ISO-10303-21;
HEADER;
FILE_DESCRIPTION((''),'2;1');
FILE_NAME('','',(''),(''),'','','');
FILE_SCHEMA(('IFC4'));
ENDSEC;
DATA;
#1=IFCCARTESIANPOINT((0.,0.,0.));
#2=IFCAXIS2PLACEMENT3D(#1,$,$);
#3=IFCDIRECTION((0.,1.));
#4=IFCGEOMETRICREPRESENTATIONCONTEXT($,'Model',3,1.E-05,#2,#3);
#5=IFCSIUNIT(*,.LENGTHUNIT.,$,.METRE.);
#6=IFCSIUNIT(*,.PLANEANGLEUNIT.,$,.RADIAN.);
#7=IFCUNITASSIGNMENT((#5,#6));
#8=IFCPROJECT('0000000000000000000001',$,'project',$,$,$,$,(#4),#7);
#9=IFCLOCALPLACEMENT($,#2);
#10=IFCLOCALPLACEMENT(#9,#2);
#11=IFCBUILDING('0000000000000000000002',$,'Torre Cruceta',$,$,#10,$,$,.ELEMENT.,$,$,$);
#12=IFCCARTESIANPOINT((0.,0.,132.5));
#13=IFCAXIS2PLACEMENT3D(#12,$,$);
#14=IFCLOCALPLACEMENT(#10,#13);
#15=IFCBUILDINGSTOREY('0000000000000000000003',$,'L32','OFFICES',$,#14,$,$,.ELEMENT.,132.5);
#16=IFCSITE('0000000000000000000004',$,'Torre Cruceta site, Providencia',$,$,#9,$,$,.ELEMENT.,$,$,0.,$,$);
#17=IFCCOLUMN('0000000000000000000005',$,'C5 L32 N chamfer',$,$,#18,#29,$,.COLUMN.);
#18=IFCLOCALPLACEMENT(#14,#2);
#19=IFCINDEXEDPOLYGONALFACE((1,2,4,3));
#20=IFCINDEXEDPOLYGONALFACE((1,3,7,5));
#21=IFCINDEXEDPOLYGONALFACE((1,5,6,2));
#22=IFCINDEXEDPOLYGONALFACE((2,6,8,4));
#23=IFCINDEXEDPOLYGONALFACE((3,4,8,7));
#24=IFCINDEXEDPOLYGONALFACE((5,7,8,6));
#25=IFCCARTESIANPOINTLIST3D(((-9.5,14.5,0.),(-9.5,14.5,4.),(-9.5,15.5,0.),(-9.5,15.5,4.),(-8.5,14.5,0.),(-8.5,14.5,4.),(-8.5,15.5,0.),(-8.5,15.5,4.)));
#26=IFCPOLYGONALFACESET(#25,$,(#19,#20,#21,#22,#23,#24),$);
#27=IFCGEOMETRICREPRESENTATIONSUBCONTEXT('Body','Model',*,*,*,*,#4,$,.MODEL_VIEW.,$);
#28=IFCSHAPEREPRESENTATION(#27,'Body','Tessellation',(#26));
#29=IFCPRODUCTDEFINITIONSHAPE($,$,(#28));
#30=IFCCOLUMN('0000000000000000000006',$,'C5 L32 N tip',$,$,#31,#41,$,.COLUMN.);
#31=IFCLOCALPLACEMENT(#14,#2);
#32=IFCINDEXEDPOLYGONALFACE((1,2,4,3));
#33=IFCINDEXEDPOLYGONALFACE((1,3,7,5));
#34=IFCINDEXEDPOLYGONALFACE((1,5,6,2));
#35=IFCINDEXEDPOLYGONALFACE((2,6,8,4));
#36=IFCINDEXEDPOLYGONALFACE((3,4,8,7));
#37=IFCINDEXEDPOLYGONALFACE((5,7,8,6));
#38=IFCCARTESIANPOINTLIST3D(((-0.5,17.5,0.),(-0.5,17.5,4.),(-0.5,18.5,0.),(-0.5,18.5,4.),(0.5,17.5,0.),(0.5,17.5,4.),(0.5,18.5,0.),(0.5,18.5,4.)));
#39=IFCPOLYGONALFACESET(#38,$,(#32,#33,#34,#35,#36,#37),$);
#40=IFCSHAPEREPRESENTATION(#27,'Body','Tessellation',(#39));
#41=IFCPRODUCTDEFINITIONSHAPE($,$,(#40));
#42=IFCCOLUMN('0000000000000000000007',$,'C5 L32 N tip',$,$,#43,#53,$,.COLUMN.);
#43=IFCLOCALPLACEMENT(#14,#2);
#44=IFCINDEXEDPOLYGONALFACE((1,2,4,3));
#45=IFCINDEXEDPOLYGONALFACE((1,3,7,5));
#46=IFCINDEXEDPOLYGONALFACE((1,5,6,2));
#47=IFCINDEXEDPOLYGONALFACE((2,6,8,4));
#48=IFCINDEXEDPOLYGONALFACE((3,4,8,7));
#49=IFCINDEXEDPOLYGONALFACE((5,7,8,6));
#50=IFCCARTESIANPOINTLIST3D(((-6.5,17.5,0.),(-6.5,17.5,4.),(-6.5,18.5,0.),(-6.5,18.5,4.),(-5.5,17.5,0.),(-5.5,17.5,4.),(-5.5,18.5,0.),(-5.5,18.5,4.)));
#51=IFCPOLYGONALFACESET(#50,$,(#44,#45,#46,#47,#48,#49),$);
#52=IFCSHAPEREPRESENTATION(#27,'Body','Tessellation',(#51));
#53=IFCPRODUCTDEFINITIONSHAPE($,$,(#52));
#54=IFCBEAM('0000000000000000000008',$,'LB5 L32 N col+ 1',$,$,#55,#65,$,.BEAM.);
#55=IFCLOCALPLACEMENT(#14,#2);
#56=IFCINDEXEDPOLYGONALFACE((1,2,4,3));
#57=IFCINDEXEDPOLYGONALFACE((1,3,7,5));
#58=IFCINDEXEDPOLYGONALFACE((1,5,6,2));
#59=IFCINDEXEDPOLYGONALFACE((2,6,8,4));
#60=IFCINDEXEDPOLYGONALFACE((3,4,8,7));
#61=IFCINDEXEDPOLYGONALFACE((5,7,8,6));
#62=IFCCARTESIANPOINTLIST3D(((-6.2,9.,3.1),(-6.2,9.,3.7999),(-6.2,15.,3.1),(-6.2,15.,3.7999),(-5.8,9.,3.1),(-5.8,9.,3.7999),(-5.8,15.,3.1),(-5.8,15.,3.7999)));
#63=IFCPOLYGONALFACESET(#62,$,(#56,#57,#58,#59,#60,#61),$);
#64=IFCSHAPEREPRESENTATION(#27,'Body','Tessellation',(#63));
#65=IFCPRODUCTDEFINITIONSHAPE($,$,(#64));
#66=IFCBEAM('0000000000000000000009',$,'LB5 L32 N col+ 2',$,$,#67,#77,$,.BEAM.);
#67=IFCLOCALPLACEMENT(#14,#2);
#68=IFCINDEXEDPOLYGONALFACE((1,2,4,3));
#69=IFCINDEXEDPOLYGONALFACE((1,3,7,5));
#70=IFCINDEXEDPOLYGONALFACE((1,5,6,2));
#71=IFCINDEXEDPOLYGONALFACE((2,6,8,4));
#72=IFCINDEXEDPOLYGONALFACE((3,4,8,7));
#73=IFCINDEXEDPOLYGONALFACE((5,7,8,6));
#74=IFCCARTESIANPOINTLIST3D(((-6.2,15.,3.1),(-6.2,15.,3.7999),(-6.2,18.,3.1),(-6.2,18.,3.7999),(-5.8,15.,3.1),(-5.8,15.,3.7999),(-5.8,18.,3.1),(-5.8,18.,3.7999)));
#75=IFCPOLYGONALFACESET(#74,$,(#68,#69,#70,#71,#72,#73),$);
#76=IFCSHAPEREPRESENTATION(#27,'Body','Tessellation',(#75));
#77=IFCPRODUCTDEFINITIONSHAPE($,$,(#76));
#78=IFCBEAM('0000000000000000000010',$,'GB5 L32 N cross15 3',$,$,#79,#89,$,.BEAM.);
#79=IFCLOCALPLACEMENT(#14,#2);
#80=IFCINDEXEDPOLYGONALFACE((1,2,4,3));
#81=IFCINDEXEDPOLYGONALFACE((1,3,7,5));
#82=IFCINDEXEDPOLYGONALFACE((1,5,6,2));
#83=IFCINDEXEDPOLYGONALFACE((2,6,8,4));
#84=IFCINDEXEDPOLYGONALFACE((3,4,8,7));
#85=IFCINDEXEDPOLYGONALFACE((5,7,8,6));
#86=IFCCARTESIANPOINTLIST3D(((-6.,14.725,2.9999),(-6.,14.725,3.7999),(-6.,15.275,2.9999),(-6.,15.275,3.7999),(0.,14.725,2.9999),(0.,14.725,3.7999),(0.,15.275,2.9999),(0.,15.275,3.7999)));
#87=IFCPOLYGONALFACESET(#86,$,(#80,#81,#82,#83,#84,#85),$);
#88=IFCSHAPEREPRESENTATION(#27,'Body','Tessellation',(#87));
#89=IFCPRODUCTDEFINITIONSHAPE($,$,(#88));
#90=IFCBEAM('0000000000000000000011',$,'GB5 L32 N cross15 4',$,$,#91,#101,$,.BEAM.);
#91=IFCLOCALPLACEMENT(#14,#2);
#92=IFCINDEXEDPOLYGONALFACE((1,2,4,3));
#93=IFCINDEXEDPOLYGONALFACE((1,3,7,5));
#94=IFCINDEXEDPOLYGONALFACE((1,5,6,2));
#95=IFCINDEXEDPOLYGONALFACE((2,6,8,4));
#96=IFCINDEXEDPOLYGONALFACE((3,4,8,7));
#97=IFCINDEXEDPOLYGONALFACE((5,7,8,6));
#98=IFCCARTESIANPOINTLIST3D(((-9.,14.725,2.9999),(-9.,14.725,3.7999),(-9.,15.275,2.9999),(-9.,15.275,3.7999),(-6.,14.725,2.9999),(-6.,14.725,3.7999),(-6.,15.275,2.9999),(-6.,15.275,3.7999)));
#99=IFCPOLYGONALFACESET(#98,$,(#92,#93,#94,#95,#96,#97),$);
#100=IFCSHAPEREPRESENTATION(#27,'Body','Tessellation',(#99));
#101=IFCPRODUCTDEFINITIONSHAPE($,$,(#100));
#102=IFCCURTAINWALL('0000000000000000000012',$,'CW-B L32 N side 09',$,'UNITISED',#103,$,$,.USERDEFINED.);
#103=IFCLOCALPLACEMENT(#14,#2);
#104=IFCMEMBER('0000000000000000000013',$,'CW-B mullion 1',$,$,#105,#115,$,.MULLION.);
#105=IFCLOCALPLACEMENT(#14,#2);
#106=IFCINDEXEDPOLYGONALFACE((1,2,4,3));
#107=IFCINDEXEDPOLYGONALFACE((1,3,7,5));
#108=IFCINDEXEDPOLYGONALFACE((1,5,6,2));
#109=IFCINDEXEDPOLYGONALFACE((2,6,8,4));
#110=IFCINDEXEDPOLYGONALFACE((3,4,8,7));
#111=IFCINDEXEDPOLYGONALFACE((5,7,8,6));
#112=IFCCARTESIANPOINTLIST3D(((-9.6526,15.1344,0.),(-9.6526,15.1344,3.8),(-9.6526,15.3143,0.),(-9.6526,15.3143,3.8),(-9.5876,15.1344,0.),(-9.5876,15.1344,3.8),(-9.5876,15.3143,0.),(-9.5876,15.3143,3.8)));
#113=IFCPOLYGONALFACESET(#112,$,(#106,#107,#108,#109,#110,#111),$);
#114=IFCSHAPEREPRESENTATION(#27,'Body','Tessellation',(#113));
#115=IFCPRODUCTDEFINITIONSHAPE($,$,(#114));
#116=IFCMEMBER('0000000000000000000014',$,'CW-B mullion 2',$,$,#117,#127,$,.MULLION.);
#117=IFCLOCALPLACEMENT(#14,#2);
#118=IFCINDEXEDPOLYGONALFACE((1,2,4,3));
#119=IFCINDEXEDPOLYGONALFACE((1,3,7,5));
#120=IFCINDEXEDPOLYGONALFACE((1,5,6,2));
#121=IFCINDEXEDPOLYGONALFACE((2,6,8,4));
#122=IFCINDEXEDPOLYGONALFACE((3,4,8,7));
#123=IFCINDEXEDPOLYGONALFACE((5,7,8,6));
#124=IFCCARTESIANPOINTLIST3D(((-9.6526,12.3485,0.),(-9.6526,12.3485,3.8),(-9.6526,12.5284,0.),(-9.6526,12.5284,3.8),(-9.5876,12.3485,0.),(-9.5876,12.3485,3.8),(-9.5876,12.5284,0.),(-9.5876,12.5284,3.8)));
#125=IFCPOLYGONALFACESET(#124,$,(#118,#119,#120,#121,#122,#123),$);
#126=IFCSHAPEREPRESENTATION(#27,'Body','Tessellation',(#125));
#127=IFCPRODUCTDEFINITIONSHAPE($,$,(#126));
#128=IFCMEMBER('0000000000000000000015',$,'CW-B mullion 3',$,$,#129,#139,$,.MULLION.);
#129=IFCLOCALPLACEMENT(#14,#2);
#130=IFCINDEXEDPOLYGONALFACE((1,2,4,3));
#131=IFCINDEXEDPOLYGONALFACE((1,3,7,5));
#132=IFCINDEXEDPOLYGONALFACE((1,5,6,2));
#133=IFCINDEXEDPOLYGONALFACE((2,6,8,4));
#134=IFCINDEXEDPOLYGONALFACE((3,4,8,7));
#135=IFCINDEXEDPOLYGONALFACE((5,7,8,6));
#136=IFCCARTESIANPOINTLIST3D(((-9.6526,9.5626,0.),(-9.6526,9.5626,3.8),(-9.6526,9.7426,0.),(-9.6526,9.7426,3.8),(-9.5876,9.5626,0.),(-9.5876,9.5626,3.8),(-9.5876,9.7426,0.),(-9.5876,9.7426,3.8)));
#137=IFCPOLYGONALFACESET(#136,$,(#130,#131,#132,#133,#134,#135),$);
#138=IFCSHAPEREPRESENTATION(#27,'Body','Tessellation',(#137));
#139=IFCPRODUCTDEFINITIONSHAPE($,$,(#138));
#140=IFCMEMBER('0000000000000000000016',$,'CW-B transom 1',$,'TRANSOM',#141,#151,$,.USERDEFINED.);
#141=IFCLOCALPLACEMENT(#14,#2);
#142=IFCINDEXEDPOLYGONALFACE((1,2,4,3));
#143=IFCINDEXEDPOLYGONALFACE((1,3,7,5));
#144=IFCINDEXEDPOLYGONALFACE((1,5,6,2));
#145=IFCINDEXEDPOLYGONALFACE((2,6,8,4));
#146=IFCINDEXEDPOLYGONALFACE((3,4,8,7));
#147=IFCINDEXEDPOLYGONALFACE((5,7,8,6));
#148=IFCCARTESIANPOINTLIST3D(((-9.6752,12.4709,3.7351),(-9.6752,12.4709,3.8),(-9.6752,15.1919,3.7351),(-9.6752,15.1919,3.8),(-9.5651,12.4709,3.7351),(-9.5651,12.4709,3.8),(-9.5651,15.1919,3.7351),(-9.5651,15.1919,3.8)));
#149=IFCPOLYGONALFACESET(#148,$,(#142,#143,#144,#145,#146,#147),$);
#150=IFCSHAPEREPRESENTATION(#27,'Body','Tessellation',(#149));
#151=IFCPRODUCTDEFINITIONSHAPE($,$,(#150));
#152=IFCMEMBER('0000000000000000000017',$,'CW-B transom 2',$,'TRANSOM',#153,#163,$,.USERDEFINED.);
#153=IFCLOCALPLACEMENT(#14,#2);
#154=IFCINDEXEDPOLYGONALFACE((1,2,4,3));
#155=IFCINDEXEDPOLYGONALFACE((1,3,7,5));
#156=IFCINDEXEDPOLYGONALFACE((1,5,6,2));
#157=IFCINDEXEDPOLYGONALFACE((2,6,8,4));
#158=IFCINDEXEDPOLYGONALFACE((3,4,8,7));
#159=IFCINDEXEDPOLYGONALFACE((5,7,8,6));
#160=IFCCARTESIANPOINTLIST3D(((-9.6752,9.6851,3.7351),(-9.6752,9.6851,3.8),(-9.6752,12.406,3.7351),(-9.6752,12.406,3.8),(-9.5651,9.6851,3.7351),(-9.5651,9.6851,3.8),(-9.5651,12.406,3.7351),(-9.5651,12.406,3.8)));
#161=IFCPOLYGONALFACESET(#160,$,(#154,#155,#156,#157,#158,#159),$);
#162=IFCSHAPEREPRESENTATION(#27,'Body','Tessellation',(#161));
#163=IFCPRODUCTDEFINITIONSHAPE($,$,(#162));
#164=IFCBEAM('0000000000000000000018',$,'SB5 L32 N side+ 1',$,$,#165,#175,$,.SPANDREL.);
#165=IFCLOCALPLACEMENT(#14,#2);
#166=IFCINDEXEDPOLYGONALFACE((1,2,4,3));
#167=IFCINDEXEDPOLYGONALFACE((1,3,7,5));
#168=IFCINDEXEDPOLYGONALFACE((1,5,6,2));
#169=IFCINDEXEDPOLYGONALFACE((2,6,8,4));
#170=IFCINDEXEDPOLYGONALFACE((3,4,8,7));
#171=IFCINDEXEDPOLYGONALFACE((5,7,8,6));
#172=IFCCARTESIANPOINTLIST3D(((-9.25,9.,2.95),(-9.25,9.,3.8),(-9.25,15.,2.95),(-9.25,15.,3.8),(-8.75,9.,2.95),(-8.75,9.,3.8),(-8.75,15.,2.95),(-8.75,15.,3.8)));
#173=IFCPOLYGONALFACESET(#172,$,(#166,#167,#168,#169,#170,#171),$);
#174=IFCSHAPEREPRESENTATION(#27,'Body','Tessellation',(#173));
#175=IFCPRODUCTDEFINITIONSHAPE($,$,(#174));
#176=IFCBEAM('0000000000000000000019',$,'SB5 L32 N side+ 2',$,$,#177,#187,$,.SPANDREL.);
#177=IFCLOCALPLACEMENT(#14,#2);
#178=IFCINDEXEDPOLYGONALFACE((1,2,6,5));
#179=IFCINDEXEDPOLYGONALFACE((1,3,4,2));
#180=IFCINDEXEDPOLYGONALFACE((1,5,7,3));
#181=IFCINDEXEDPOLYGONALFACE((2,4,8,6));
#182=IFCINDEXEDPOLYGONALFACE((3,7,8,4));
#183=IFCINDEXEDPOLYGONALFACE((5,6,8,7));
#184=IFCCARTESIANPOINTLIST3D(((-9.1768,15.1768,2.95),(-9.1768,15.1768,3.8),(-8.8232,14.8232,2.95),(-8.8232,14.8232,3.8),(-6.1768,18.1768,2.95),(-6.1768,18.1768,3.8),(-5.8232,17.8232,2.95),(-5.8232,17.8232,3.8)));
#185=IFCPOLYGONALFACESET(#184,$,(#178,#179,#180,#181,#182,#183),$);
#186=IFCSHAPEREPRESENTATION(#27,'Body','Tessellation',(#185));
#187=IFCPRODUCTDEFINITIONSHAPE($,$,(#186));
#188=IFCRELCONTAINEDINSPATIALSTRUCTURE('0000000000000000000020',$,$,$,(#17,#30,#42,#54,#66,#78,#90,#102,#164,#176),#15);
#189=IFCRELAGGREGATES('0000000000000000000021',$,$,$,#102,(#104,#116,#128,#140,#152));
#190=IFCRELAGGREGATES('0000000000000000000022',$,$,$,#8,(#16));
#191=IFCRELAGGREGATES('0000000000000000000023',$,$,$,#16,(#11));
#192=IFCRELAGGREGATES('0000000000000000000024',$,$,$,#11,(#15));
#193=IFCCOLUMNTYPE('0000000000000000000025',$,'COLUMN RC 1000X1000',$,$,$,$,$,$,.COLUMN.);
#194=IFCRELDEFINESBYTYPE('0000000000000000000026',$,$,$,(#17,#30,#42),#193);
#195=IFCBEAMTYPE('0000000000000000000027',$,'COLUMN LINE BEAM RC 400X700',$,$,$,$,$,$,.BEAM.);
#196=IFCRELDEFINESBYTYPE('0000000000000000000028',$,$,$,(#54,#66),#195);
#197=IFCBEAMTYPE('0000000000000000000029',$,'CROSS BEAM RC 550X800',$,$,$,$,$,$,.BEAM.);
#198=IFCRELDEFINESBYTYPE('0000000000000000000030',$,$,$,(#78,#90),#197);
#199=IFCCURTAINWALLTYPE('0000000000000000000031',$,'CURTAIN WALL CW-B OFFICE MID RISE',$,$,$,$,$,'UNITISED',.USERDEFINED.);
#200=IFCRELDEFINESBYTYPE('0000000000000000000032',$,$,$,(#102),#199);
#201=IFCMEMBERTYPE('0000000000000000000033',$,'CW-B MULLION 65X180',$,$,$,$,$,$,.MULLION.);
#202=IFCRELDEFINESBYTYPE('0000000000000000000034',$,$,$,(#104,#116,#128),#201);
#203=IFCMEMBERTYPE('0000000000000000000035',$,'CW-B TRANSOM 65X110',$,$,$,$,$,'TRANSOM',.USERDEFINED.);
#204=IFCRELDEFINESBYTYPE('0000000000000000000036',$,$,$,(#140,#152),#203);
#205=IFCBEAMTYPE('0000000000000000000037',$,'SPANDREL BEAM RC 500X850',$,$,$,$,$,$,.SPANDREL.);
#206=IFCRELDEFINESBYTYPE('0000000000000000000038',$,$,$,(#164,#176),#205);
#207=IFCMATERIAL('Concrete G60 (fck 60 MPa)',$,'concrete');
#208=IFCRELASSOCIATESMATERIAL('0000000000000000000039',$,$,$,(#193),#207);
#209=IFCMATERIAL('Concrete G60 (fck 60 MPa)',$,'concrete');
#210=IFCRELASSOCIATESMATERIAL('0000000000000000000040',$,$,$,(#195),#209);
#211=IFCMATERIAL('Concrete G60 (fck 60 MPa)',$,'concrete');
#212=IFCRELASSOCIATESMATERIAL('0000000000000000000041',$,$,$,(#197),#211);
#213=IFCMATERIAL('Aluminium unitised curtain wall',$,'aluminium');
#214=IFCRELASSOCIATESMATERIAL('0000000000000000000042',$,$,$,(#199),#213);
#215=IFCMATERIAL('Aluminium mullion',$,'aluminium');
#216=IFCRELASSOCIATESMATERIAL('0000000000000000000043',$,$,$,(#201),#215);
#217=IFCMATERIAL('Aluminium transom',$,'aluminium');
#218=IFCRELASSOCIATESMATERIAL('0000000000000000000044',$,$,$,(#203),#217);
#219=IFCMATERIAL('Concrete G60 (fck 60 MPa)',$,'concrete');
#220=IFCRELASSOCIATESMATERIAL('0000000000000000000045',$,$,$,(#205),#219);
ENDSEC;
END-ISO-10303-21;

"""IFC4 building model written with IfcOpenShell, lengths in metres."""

from ifc_helpers import new_model, si_unit, direction, frame, origin, origin_2d, place, context, subcontext, project, spatial, rectangle, extrude, material, material_profile, profile_set, type_object, element, aggregate, save


model = new_model("IFC4")

# Units and contexts
model_context = context("Model", 3, precision=1e-05, world=origin(), true_north=direction((0.0, 1.0)))
body_context = subcontext(model_context, "Body", "Model", "MODEL_VIEW")
ifc_project = project(units=[si_unit("LENGTHUNIT", "METRE"), si_unit("PLANEANGLEUNIT", "RADIAN")], contexts=[model_context])

# Site, building, storey
site_placement = place(None, origin())
site = spatial("IfcSite", under=ifc_project, at=site_placement, Name="Torre Cruceta site, Providencia", CompositionType="ELEMENT", RefElevation=0.0)
building_placement = place(site_placement, origin())
building = spatial("IfcBuilding", under=site, at=building_placement, Name="Torre Cruceta", CompositionType="ELEMENT")
storey_placement = place(building_placement, frame((0.0, 0.0, 132.5)))
storey = spatial("IfcBuildingStorey", under=building, at=storey_placement, Name="L32", Description="OFFICES", CompositionType="ELEMENT", Elevation=132.5)

# Columns
ifc_material_1 = material(Name="Concrete G60 (fck 60 MPa)", Category="concrete")
ifc_material_profile_1 = material_profile(ifc_material_1, rectangle(XDim=1.0, YDim=1.0, at=origin_2d()), Name="RC 1000X1000")
ifc_profile_set_1 = profile_set([ifc_material_profile_1], Name="Concrete G60 (fck 60 MPa)")
column_type = type_object("IfcColumnType", Name="COLUMN RC 1000X1000", PredefinedType="COLUMN", material=ifc_profile_set_1)
for number, where, z_axis, x_axis, name in (
    (1, (-9.0, 15.0, 0.0), (0.0, 0.0, 1.0), (1.0, 0.0, 0.0), "C5 L32 N chamfer"),
    (2, (0.0, 18.0, 0.0), (0.0, 0.0, 1.0), (1.0, 0.0, 0.0), "C5 L32 N tip"),
    (3, (-6.0, 18.0, 0.0), (0.0, 0.0, 1.0), (1.0, 0.0, 0.0), "C5 L32 N tip"),
):
    element("IfcColumn", number, at=place(storey_placement, frame(where, z_axis=z_axis, x_axis=x_axis)), inside=storey, type_object=column_type, Name=name, PredefinedType="COLUMN", context=body_context, shape_type="SweptSolid", body=[
        extrude(rectangle(XDim=1.0, YDim=1.0, at=origin_2d()), origin(), (0.0, 0.0, 1.0), 4.0),
    ])

# Beams
ifc_material_2 = material(Name="Concrete G60 (fck 60 MPa)", Category="concrete")
ifc_material_profile_2 = material_profile(ifc_material_2, rectangle(XDim=0.3999, YDim=0.7, at=origin_2d()), Name="RC 400X700")
ifc_profile_set_2 = profile_set([ifc_material_profile_2], Name="Concrete G60 (fck 60 MPa)")
beam_type_1 = type_object("IfcBeamType", Name="COLUMN LINE BEAM RC 400X700", PredefinedType="BEAM", material=ifc_profile_set_2)
beam_1_placement = place(storey_placement, frame((-6.0, 9.0, 3.45), z_axis=(0.0, 1.0, 0.0), x_axis=(-1.0, 0.0, 0.0)))
element("IfcBeam", 4, at=beam_1_placement, inside=storey, type_object=beam_type_1, Name="LB5 L32 N col+ 1", PredefinedType="BEAM", context=body_context, shape_type="SweptSolid", body=[
    extrude(rectangle(XDim=0.3999, YDim=0.7, at=origin_2d()), origin(), (0.0, 0.0, 1.0), 6.0),
])
beam_2_placement = place(storey_placement, frame((-6.0, 15.0, 3.45), z_axis=(0.0, 1.0, 0.0), x_axis=(-1.0, 0.0, 0.0)))
element("IfcBeam", 5, at=beam_2_placement, inside=storey, type_object=beam_type_1, Name="LB5 L32 N col+ 2", PredefinedType="BEAM", context=body_context, shape_type="SweptSolid", body=[
    extrude(rectangle(XDim=0.3999, YDim=0.7, at=origin_2d()), origin(), (0.0, 0.0, 1.0), 3.0),
])
ifc_material_3 = material(Name="Concrete G60 (fck 60 MPa)", Category="concrete")
ifc_material_profile_3 = material_profile(ifc_material_3, rectangle(XDim=0.55, YDim=0.8, at=origin_2d()), Name="RC 550X800")
ifc_profile_set_3 = profile_set([ifc_material_profile_3], Name="Concrete G60 (fck 60 MPa)")
beam_type_2 = type_object("IfcBeamType", Name="CROSS BEAM RC 550X800", PredefinedType="BEAM", material=ifc_profile_set_3)
beam_3_placement = place(storey_placement, frame((0.0, 15.0, 3.3999), z_axis=(-1.0, 0.0, 0.0), x_axis=(0.0, -1.0, 0.0)))
element("IfcBeam", 6, at=beam_3_placement, inside=storey, type_object=beam_type_2, Name="GB5 L32 N cross15 3", PredefinedType="BEAM", context=body_context, shape_type="SweptSolid", body=[
    extrude(rectangle(XDim=0.55, YDim=0.8, at=origin_2d()), origin(), (0.0, 0.0, 1.0), 6.0),
])
beam_4_placement = place(storey_placement, frame((-6.0, 15.0, 3.3999), z_axis=(-1.0, 0.0, 0.0), x_axis=(0.0, -1.0, 0.0)))
element("IfcBeam", 7, at=beam_4_placement, inside=storey, type_object=beam_type_2, Name="GB5 L32 N cross15 4", PredefinedType="BEAM", context=body_context, shape_type="SweptSolid", body=[
    extrude(rectangle(XDim=0.55, YDim=0.8, at=origin_2d()), origin(), (0.0, 0.0, 1.0), 3.0),
])

# Curtain wall, members
ifc_material_4 = material(Name="Aluminium unitised curtain wall", Category="aluminium")
curtain_wall_type = type_object("IfcCurtainWallType", Name="CURTAIN WALL CW-B OFFICE MID RISE", ElementType="UNITISED", PredefinedType="USERDEFINED", material=ifc_material_4)
curtain_wall_placement = place(storey_placement, origin())
curtain_wall = element("IfcCurtainWall", 8, at=curtain_wall_placement, inside=storey, type_object=curtain_wall_type, Name="CW-B L32 N side 09", ObjectType="UNITISED", PredefinedType="USERDEFINED")
ifc_material_5 = material(Name="Aluminium mullion", Category="aluminium")
ifc_material_profile_4 = material_profile(ifc_material_5, rectangle(XDim=0.0649, YDim=0.1799, at=origin_2d()), Name="AL 65X180")
ifc_profile_set_4 = profile_set([ifc_material_profile_4], Name="Aluminium mullion")
member_type_1 = type_object("IfcMemberType", Name="CW-B MULLION 65X180", PredefinedType="MULLION", material=ifc_profile_set_4)
member_1_placement = place(storey_placement, frame((-9.6201, 15.2244, 0.0), z_axis=(0.0, 0.0, 1.0), x_axis=(1.0, 0.0, 0.0)))
member_1 = element("IfcMember", 9, at=member_1_placement, type_object=member_type_1, Name="CW-B mullion 1", PredefinedType="MULLION", context=body_context, shape_type="SweptSolid", body=[
    extrude(rectangle(XDim=0.0649, YDim=0.1799, at=origin_2d()), origin(), (0.0, 0.0, 1.0), 3.8),
])
member_2_placement = place(storey_placement, frame((-9.6201, 12.4385, 0.0), z_axis=(0.0, 0.0, 1.0), x_axis=(1.0, 0.0, 0.0)))
member_2 = element("IfcMember", 10, at=member_2_placement, type_object=member_type_1, Name="CW-B mullion 2", PredefinedType="MULLION", context=body_context, shape_type="SweptSolid", body=[
    extrude(rectangle(XDim=0.0649, YDim=0.1799, at=origin_2d()), origin(), (0.0, 0.0, 1.0), 3.8),
])
member_3_placement = place(storey_placement, frame((-9.6201, 9.6526, 0.0), z_axis=(0.0, 0.0, 1.0), x_axis=(1.0, 0.0, 0.0)))
member_3 = element("IfcMember", 11, at=member_3_placement, type_object=member_type_1, Name="CW-B mullion 3", PredefinedType="MULLION", context=body_context, shape_type="SweptSolid", body=[
    extrude(rectangle(XDim=0.0649, YDim=0.1799, at=origin_2d()), origin(), (0.0, 0.0, 1.0), 3.8),
])
ifc_material_6 = material(Name="Aluminium transom", Category="aluminium")
ifc_material_profile_5 = material_profile(ifc_material_6, rectangle(XDim=0.1101, YDim=0.0649, at=origin_2d()), Name="AL 110X65")
ifc_profile_set_5 = profile_set([ifc_material_profile_5], Name="Aluminium transom")
member_type_2 = type_object("IfcMemberType", Name="CW-B TRANSOM 65X110", ElementType="TRANSOM", PredefinedType="USERDEFINED", material=ifc_profile_set_5)
member_4_placement = place(storey_placement, frame((-9.6201, 15.1919, 3.7676), z_axis=(0.0, -1.0, 0.0), x_axis=(1.0, 0.0, 0.0)))
member_4 = element("IfcMember", 12, at=member_4_placement, type_object=member_type_2, Name="CW-B transom 1", ObjectType="TRANSOM", PredefinedType="USERDEFINED", context=body_context, shape_type="SweptSolid", body=[
    extrude(rectangle(XDim=0.1101, YDim=0.0649, at=origin_2d()), origin(), (0.0, 0.0, 1.0), 2.7209),
])
member_5_placement = place(storey_placement, frame((-9.6201, 12.406, 3.7676), z_axis=(0.0, -1.0, 0.0), x_axis=(1.0, 0.0, 0.0)))
member_5 = element("IfcMember", 13, at=member_5_placement, type_object=member_type_2, Name="CW-B transom 2", ObjectType="TRANSOM", PredefinedType="USERDEFINED", context=body_context, shape_type="SweptSolid", body=[
    extrude(rectangle(XDim=0.1101, YDim=0.0649, at=origin_2d()), origin(), (0.0, 0.0, 1.0), 2.7209),
])

# Beams
ifc_material_7 = material(Name="Concrete G60 (fck 60 MPa)", Category="concrete")
ifc_material_profile_6 = material_profile(ifc_material_7, rectangle(XDim=0.5, YDim=0.8501, at=origin_2d()), Name="RC 500X850")
ifc_profile_set_6 = profile_set([ifc_material_profile_6], Name="Concrete G60 (fck 60 MPa)")
beam_type_3 = type_object("IfcBeamType", Name="SPANDREL BEAM RC 500X850", PredefinedType="SPANDREL", material=ifc_profile_set_6)
beam_5_placement = place(storey_placement, frame((-9.0, 9.0, 3.375), z_axis=(0.0, 1.0, 0.0), x_axis=(-1.0, 0.0, 0.0)))
element("IfcBeam", 14, at=beam_5_placement, inside=storey, type_object=beam_type_3, Name="SB5 L32 N side+ 1", PredefinedType="SPANDREL", context=body_context, shape_type="SweptSolid", body=[
    extrude(rectangle(XDim=0.5, YDim=0.8501, at=origin_2d()), origin(), (0.0, 0.0, 1.0), 6.0),
])
beam_6_placement = place(storey_placement, frame((-9.0, 15.0, 3.375), z_axis=(0.707107, 0.707107, 0.0), x_axis=(-0.707107, 0.707107, 0.0)))
element("IfcBeam", 15, at=beam_6_placement, inside=storey, type_object=beam_type_3, Name="SB5 L32 N side+ 2", PredefinedType="SPANDREL", context=body_context, shape_type="SweptSolid", body=[
    extrude(rectangle(XDim=0.5, YDim=0.8501, at=origin_2d()), origin(), (0.0, 0.0, 1.0), 4.2427),
])

aggregate(curtain_wall, [member_1, member_2, member_3, member_4, member_5])

save(model, "model.ifc")
